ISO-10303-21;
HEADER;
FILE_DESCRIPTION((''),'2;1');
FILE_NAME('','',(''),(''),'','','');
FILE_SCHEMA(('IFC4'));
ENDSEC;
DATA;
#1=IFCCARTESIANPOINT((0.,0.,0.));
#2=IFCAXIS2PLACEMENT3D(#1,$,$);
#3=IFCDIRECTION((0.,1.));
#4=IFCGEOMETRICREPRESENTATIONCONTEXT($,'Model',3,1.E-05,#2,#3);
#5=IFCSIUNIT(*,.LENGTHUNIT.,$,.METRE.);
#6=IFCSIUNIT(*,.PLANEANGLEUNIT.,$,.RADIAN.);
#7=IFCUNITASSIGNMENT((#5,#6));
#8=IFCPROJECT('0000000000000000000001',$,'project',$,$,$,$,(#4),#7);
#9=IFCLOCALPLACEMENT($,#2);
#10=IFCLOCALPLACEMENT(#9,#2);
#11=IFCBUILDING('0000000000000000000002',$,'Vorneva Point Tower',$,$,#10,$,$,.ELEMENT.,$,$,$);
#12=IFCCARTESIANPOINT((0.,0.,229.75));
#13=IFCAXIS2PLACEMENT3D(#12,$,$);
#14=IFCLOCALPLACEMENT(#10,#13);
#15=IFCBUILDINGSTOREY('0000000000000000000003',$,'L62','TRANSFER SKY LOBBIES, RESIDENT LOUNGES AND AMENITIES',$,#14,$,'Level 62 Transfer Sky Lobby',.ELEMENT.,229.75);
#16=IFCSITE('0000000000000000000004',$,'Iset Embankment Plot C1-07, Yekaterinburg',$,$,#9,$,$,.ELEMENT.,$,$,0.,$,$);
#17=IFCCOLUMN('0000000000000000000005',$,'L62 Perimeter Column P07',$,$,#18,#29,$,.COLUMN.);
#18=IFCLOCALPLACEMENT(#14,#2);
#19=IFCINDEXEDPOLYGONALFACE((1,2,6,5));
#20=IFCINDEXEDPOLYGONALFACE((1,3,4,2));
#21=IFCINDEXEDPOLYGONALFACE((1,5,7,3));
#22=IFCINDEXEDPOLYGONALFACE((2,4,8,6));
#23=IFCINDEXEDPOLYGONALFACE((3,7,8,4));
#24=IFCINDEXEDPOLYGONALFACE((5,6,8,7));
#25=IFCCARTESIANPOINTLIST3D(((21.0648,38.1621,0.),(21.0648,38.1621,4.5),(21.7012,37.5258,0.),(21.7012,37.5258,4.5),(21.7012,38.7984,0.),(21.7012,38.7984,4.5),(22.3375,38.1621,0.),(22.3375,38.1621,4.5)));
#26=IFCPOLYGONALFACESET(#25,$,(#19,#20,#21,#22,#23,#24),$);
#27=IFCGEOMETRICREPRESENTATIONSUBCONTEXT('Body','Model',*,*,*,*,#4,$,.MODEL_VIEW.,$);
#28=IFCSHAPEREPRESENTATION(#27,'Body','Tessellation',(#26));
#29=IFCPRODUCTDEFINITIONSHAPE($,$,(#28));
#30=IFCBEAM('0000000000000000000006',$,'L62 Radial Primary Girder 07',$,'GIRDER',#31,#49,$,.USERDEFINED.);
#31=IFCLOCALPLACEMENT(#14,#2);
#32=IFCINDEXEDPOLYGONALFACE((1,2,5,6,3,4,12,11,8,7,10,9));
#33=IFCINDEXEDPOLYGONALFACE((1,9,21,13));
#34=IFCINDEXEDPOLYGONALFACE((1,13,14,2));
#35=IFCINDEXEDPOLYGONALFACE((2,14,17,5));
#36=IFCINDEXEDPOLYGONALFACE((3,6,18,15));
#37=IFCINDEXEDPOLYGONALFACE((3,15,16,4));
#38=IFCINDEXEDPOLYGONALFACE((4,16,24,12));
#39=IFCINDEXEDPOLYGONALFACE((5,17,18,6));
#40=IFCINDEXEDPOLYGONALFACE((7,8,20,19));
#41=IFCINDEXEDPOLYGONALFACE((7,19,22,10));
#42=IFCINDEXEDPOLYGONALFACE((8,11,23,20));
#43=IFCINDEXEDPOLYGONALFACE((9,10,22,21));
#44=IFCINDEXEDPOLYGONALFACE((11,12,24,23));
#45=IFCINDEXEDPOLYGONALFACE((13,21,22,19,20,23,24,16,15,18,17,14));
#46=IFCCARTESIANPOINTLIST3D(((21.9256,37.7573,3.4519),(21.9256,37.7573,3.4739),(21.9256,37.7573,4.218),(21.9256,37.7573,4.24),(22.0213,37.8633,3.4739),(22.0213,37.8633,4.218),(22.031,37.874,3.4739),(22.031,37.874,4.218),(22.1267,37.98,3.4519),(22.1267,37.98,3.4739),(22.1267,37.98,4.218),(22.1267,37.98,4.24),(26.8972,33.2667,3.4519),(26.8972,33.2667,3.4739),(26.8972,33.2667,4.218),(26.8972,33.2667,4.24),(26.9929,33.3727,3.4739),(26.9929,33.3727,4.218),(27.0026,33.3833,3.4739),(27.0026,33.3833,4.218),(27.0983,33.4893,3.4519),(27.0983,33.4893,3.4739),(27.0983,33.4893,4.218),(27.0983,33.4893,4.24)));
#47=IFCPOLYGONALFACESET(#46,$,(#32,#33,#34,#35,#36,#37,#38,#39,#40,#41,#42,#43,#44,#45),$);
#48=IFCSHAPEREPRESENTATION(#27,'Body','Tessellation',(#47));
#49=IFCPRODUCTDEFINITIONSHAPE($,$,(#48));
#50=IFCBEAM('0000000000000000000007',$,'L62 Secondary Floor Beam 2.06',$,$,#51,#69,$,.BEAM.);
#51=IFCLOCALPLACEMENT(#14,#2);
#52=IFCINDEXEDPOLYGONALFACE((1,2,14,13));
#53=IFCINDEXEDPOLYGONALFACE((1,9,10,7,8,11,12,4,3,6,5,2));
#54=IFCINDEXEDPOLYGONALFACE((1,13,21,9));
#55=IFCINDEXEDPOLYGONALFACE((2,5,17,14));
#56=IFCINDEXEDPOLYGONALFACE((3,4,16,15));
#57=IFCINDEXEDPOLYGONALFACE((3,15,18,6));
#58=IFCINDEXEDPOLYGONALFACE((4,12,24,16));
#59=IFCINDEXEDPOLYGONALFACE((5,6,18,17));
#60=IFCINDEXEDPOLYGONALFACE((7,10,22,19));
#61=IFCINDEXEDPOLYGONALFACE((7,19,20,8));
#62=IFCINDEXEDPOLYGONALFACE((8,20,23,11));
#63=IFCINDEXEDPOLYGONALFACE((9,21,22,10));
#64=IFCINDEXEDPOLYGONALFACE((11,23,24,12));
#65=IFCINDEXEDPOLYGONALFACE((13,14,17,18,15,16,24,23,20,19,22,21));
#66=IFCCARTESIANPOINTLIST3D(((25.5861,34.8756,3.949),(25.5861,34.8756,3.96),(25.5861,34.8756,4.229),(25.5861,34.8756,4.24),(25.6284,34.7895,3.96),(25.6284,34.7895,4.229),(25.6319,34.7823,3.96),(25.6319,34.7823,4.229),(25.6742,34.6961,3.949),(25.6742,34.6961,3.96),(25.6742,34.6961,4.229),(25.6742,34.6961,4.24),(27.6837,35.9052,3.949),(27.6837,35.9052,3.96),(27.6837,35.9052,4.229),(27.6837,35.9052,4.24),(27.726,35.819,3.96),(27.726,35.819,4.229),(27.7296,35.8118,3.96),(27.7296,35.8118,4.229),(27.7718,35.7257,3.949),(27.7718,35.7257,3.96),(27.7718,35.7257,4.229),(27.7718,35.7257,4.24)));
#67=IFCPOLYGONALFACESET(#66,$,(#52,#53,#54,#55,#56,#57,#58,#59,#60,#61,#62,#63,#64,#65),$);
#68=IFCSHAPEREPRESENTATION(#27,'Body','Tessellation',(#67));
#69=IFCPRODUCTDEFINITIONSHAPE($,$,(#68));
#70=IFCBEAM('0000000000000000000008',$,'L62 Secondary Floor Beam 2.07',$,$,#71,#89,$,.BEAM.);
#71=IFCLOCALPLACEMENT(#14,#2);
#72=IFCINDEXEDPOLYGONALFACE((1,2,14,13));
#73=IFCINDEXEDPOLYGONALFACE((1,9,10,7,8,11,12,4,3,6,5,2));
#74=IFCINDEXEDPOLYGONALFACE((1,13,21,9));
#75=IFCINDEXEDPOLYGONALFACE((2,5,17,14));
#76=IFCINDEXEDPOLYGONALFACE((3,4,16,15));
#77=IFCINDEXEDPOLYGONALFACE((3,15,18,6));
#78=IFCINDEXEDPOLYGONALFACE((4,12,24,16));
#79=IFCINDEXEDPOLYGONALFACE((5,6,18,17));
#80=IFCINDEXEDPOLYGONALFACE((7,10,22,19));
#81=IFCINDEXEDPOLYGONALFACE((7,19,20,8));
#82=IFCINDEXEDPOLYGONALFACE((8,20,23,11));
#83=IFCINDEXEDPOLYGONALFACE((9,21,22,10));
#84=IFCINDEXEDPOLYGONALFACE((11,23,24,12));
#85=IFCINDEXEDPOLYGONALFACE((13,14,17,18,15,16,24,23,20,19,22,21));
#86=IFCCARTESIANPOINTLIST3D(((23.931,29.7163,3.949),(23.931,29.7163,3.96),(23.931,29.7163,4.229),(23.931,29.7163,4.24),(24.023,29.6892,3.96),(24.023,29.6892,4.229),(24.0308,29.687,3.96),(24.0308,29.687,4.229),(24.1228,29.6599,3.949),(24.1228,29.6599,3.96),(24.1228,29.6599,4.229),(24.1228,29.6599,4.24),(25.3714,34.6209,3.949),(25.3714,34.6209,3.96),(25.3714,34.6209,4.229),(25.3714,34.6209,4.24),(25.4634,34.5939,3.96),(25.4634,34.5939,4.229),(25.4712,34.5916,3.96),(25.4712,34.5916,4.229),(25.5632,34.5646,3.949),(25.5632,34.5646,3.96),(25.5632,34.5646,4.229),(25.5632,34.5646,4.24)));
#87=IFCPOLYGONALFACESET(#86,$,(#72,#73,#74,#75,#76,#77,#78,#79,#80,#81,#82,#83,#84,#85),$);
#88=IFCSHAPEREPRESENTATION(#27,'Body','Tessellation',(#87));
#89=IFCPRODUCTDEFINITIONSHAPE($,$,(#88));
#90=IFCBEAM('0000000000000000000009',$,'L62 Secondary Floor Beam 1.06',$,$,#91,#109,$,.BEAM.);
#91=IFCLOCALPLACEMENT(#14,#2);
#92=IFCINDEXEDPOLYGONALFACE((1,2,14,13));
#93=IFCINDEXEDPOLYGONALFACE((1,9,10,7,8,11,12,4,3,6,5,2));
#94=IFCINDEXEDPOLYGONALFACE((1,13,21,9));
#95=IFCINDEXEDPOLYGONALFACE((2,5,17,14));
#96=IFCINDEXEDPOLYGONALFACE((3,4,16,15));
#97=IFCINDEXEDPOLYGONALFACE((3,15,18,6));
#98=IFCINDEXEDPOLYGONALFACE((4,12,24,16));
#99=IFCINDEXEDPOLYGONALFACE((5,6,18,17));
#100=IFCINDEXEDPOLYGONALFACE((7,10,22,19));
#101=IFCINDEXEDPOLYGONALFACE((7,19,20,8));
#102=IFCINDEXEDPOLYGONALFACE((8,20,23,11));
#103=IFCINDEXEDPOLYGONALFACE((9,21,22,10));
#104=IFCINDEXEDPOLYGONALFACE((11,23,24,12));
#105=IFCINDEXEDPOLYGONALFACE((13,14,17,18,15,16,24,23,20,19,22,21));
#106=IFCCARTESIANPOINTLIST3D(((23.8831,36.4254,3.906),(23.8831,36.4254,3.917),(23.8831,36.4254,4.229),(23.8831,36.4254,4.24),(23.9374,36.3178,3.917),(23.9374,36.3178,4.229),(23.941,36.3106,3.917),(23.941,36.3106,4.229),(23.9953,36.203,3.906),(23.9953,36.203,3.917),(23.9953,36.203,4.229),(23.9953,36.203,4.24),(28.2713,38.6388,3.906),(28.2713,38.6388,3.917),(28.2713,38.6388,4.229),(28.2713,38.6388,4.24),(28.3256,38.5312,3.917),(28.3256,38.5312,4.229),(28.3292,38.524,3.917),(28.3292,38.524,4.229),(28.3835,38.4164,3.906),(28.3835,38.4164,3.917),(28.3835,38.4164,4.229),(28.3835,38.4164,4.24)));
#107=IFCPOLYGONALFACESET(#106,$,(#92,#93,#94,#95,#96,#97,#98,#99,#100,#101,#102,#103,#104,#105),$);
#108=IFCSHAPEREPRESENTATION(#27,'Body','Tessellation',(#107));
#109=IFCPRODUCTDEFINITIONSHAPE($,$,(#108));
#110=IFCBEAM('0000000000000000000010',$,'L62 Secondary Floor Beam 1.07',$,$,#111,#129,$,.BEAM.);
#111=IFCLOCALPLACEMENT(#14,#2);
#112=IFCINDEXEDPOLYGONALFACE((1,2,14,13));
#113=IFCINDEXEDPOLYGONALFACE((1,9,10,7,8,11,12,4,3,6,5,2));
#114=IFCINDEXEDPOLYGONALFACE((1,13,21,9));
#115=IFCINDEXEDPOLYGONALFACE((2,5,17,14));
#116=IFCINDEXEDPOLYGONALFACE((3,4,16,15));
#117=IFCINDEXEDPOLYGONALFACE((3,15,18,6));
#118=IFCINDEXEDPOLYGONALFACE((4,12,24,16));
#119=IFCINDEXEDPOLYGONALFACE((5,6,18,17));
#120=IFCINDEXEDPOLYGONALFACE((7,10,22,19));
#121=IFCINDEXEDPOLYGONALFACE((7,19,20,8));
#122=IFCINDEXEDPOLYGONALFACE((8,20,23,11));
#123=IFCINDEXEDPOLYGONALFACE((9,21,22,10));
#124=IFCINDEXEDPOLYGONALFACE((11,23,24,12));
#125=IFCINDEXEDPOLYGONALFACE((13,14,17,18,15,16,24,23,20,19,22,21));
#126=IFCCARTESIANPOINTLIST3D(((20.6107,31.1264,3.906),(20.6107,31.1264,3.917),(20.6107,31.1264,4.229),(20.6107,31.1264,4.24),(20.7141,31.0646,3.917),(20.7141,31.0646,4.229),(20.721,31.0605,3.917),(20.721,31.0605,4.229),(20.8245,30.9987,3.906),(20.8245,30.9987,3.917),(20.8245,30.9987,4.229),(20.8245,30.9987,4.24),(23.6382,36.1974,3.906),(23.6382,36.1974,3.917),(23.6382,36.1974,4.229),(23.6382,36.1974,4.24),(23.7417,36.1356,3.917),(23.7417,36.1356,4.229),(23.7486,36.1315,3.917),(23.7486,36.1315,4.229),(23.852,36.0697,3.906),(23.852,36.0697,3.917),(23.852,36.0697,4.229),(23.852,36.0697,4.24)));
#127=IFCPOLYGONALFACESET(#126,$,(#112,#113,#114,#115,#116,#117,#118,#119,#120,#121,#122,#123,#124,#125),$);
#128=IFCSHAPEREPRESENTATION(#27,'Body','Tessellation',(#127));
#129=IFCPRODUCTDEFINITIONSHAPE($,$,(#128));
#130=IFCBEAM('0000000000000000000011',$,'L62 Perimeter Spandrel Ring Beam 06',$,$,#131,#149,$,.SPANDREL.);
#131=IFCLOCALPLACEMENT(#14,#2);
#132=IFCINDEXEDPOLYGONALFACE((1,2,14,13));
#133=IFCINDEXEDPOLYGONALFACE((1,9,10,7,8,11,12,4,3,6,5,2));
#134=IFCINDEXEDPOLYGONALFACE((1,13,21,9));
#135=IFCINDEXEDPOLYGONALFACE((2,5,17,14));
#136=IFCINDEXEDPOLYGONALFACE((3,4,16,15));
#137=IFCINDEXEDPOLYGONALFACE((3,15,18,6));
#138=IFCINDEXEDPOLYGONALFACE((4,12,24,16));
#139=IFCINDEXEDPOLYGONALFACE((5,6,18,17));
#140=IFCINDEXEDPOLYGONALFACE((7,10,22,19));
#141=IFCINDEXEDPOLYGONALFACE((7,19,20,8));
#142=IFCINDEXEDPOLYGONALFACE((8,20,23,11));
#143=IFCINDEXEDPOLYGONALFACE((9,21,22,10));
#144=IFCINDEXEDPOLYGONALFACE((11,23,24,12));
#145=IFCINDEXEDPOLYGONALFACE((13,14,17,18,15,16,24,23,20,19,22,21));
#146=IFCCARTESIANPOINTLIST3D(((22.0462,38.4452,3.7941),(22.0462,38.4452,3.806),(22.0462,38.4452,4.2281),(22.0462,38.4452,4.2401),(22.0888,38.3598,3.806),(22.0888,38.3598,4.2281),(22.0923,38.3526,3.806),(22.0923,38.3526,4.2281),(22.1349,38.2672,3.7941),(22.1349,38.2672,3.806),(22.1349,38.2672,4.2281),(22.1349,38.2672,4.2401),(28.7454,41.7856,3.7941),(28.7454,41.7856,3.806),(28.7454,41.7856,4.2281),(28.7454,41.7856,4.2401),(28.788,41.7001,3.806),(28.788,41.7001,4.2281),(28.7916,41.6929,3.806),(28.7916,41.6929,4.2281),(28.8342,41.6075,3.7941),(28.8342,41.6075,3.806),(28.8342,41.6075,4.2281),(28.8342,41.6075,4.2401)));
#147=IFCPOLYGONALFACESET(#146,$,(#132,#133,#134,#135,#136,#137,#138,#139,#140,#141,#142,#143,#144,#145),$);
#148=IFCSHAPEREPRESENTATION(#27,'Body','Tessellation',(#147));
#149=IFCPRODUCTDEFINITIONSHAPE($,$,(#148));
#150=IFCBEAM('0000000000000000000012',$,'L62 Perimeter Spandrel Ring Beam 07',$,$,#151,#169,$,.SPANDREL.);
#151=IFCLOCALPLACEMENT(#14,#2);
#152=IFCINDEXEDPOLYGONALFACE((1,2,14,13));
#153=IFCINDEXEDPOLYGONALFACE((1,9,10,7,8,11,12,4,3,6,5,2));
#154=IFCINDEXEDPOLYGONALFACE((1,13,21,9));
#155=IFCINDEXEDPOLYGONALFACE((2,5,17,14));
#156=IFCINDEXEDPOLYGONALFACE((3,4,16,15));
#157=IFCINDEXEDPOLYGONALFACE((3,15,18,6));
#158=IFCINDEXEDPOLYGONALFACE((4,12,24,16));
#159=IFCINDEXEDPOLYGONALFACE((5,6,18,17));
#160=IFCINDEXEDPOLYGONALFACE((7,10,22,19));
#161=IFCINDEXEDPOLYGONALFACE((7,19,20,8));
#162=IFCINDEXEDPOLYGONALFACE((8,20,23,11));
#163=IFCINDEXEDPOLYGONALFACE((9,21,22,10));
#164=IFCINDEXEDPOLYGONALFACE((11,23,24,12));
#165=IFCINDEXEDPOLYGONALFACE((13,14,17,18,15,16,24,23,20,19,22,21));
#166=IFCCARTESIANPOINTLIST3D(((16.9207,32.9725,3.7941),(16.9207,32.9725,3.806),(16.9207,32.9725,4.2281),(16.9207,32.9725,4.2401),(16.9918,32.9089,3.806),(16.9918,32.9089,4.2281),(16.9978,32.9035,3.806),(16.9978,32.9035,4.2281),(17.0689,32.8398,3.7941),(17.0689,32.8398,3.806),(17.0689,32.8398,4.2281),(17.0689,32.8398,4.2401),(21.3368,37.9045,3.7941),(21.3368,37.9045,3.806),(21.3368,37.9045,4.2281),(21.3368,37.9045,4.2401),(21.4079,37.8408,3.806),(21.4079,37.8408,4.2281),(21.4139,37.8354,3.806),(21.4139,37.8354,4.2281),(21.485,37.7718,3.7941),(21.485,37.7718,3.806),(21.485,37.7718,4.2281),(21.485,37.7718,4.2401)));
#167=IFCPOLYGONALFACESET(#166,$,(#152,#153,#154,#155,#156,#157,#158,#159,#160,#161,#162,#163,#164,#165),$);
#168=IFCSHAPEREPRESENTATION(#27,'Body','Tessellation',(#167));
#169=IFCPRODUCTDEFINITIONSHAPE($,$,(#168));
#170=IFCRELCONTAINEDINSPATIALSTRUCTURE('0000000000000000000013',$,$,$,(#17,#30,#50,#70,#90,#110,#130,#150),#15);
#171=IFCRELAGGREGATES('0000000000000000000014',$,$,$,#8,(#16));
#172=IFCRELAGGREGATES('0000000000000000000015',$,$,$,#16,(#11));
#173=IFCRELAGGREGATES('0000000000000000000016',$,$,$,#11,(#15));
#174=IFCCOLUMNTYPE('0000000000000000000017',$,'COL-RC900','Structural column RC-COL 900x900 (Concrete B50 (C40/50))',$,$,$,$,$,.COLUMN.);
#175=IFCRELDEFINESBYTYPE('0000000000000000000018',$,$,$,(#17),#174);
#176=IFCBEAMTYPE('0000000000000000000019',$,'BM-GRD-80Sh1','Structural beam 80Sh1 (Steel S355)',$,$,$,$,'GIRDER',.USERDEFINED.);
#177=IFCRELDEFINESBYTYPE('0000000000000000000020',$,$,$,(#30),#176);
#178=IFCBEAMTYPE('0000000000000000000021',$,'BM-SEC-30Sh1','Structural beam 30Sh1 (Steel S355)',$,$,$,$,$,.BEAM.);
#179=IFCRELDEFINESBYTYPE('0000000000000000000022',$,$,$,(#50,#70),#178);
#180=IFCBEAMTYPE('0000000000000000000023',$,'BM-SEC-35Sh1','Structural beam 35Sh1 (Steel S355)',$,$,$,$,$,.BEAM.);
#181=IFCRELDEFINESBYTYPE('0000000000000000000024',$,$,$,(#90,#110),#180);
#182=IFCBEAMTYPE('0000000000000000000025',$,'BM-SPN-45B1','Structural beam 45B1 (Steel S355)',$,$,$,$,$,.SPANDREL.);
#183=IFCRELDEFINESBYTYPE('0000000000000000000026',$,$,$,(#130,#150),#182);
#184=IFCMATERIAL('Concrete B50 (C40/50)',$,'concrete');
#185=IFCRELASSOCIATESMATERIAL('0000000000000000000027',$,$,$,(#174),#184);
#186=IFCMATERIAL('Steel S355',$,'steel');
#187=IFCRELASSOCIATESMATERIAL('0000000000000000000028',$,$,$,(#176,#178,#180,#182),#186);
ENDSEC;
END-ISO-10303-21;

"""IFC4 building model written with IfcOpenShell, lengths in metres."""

from ifc_helpers import new_model, si_unit, direction, frame, origin, origin_2d, place, context, subcontext, project, spatial, rectangle, i_section, extrude, material, material_profile, profile_set, type_object, element, save


model = new_model("IFC4")

# Units and contexts
model_context = context("Model", 3, precision=1e-05, world=origin(), true_north=direction((0.0, 1.0)))
body_context = subcontext(model_context, "Body", "Model", "MODEL_VIEW")
ifc_project = project(units=[si_unit("LENGTHUNIT", "METRE"), si_unit("PLANEANGLEUNIT", "RADIAN")], contexts=[model_context])

# Site, building, storey
site_placement = place(None, origin())
site = spatial("IfcSite", under=ifc_project, at=site_placement, Name="Iset Embankment Plot C1-07, Yekaterinburg", CompositionType="ELEMENT", RefElevation=0.0)
building_placement = place(site_placement, origin())
building = spatial("IfcBuilding", under=site, at=building_placement, Name="Vorneva Point Tower", CompositionType="ELEMENT")
storey_placement = place(building_placement, frame((0.0, 0.0, 229.75)))
storey = spatial("IfcBuildingStorey", under=building, at=storey_placement, Name="L62", Description="TRANSFER SKY LOBBIES, RESIDENT LOUNGES AND AMENITIES", LongName="Level 62 Transfer Sky Lobby", CompositionType="ELEMENT", Elevation=229.75)

# Column
ifc_material_1 = material(Name="Concrete B50 (C40/50)", Category="concrete")
ifc_material_profile_1 = material_profile(ifc_material_1, rectangle(XDim=0.8999, YDim=0.8999, at=origin_2d()), Name="RC-COL 900x900")
ifc_profile_set_1 = profile_set([ifc_material_profile_1], Name="Concrete B50 (C40/50)")
column_type = type_object("IfcColumnType", Name="COL-RC900", Description="Structural column RC-COL 900x900 (Concrete B50 (C40/50))", PredefinedType="COLUMN", material=ifc_profile_set_1)
column_placement = place(storey_placement, frame((21.7012, 38.1621, 0.0), z_axis=(0.0, 0.0, 1.0), x_axis=(-0.707107, 0.707107, 0.0)))
element("IfcColumn", 1, at=column_placement, inside=storey, type_object=column_type, Name="L62 Perimeter Column P07", PredefinedType="COLUMN", context=body_context, shape_type="SweptSolid", body=[
    extrude(rectangle(XDim=0.8999, YDim=0.8999, at=origin_2d()), origin(), (0.0, 0.0, 1.0), 4.5),
])

# Beams
ifc_material_2 = material(Name="Steel S355", Category="steel")
ifc_material_profile_2 = material_profile(ifc_material_2, i_section(OverallWidth=0.3, OverallDepth=0.7881, WebThickness=0.0144, FlangeThickness=0.022, at=origin_2d()), Name="80Sh1")
ifc_profile_set_2 = profile_set([ifc_material_profile_2], Name="Steel S355")
beam_type_1 = type_object("IfcBeamType", Name="BM-GRD-80Sh1", Description="Structural beam 80Sh1 (Steel S355)", ElementType="GIRDER", PredefinedType="USERDEFINED", material=ifc_profile_set_2)
beam_1_placement = place(storey_placement, frame((22.0261, 37.8687, 3.8459), z_axis=(0.74209, -0.670301, 0.0), x_axis=(0.670301, 0.74209, 0.0)))
element("IfcBeam", 2, at=beam_1_placement, inside=storey, type_object=beam_type_1, Name="L62 Radial Primary Girder 07", ObjectType="GIRDER", PredefinedType="USERDEFINED", context=body_context, shape_type="SweptSolid", body=[
    extrude(i_section(OverallWidth=0.3, OverallDepth=0.7881, WebThickness=0.0144, FlangeThickness=0.022, at=origin_2d()), origin(), (0.0, 0.0, 1.0), 6.6995),
])
ifc_material_profile_3 = material_profile(ifc_material_2, i_section(OverallWidth=0.2, OverallDepth=0.291, WebThickness=0.0081, FlangeThickness=0.011, at=origin_2d()), Name="30Sh1")
ifc_profile_set_3 = profile_set([ifc_material_profile_3], Name="Steel S355")
beam_type_2 = type_object("IfcBeamType", Name="BM-SEC-30Sh1", Description="Structural beam 30Sh1 (Steel S355)", PredefinedType="BEAM", material=ifc_profile_set_3)
beam_2_placement = place(storey_placement, frame((27.7278, 35.8154, 4.0945), z_axis=(-0.897704, -0.440598, 0.0), x_axis=(0.440598, -0.897704, 0.0)))
element("IfcBeam", 3, at=beam_2_placement, inside=storey, type_object=beam_type_2, Name="L62 Secondary Floor Beam 2.06", PredefinedType="BEAM", context=body_context, shape_type="SweptSolid", body=[
    extrude(i_section(OverallWidth=0.2, OverallDepth=0.291, WebThickness=0.0081, FlangeThickness=0.011, at=origin_2d()), origin(), (0.0, 0.0, 1.0), 2.3367),
])
beam_3_placement = place(storey_placement, frame((25.4673, 34.5928, 4.0945), z_axis=(-0.281778, -0.959479, 0.0), x_axis=(0.959479, -0.281778, 0.0)))
element("IfcBeam", 4, at=beam_3_placement, inside=storey, type_object=beam_type_2, Name="L62 Secondary Floor Beam 2.07", PredefinedType="BEAM", context=body_context, shape_type="SweptSolid", body=[
    extrude(i_section(OverallWidth=0.2, OverallDepth=0.291, WebThickness=0.0081, FlangeThickness=0.011, at=origin_2d()), origin(), (0.0, 0.0, 1.0), 5.1118),
])
ifc_material_profile_4 = material_profile(ifc_material_2, i_section(OverallWidth=0.249, OverallDepth=0.334, WebThickness=0.0081, FlangeThickness=0.011, at=origin_2d()), Name="35Sh1")
ifc_profile_set_4 = profile_set([ifc_material_profile_4], Name="Steel S355")
beam_type_3 = type_object("IfcBeamType", Name="BM-SEC-35Sh1", Description="Structural beam 35Sh1 (Steel S355)", PredefinedType="BEAM", material=ifc_profile_set_4)
beam_4_placement = place(storey_placement, frame((28.3274, 38.5276, 4.073), z_axis=(-0.892852, -0.45035, 0.0), x_axis=(0.45035, -0.892852, 0.0)))
element("IfcBeam", 5, at=beam_4_placement, inside=storey, type_object=beam_type_3, Name="L62 Secondary Floor Beam 1.06", PredefinedType="BEAM", context=body_context, shape_type="SweptSolid", body=[
    extrude(i_section(OverallWidth=0.249, OverallDepth=0.334, WebThickness=0.0081, FlangeThickness=0.011, at=origin_2d()), origin(), (0.0, 0.0, 1.0), 4.9148),
])
beam_5_placement = place(storey_placement, frame((23.7451, 36.1335, 4.073), z_axis=(-0.512622, -0.858614, 0.0), x_axis=(0.858614, -0.512622, 0.0)))
element("IfcBeam", 6, at=beam_5_placement, inside=storey, type_object=beam_type_3, Name="L62 Secondary Floor Beam 1.07", PredefinedType="BEAM", context=body_context, shape_type="SweptSolid", body=[
    extrude(i_section(OverallWidth=0.249, OverallDepth=0.334, WebThickness=0.0081, FlangeThickness=0.011, at=origin_2d()), origin(), (0.0, 0.0, 1.0), 5.906),
])
ifc_material_profile_5 = material_profile(ifc_material_2, i_section(OverallWidth=0.199, OverallDepth=0.446, WebThickness=0.0081, FlangeThickness=0.012, at=origin_2d()), Name="45B1")
ifc_profile_set_5 = profile_set([ifc_material_profile_5], Name="Steel S355")
beam_type_4 = type_object("IfcBeamType", Name="BM-SPN-45B1", Description="Structural beam 45B1 (Steel S355)", PredefinedType="SPANDREL", material=ifc_profile_set_5)
beam_6_placement = place(storey_placement, frame((28.7898, 41.6965, 4.0171), z_axis=(-0.894922, -0.446222, 0.0), x_axis=(0.446222, -0.894922, 0.0)))
element("IfcBeam", 7, at=beam_6_placement, inside=storey, type_object=beam_type_4, Name="L62 Perimeter Spandrel Ring Beam 06", PredefinedType="SPANDREL", context=body_context, shape_type="SweptSolid", body=[
    extrude(i_section(OverallWidth=0.199, OverallDepth=0.446, WebThickness=0.0081, FlangeThickness=0.012, at=origin_2d()), origin(), (0.0, 0.0, 1.0), 7.4858),
])
beam_7_placement = place(storey_placement, frame((21.4109, 37.8381, 4.0171), z_axis=(-0.66707, -0.744995, 0.0), x_axis=(0.744995, -0.66707, 0.0)))
element("IfcBeam", 8, at=beam_7_placement, inside=storey, type_object=beam_type_4, Name="L62 Perimeter Spandrel Ring Beam 07", PredefinedType="SPANDREL", context=body_context, shape_type="SweptSolid", body=[
    extrude(i_section(OverallWidth=0.199, OverallDepth=0.446, WebThickness=0.0081, FlangeThickness=0.012, at=origin_2d()), origin(), (0.0, 0.0, 1.0), 6.6201),
])

save(model, "model.ifc")
